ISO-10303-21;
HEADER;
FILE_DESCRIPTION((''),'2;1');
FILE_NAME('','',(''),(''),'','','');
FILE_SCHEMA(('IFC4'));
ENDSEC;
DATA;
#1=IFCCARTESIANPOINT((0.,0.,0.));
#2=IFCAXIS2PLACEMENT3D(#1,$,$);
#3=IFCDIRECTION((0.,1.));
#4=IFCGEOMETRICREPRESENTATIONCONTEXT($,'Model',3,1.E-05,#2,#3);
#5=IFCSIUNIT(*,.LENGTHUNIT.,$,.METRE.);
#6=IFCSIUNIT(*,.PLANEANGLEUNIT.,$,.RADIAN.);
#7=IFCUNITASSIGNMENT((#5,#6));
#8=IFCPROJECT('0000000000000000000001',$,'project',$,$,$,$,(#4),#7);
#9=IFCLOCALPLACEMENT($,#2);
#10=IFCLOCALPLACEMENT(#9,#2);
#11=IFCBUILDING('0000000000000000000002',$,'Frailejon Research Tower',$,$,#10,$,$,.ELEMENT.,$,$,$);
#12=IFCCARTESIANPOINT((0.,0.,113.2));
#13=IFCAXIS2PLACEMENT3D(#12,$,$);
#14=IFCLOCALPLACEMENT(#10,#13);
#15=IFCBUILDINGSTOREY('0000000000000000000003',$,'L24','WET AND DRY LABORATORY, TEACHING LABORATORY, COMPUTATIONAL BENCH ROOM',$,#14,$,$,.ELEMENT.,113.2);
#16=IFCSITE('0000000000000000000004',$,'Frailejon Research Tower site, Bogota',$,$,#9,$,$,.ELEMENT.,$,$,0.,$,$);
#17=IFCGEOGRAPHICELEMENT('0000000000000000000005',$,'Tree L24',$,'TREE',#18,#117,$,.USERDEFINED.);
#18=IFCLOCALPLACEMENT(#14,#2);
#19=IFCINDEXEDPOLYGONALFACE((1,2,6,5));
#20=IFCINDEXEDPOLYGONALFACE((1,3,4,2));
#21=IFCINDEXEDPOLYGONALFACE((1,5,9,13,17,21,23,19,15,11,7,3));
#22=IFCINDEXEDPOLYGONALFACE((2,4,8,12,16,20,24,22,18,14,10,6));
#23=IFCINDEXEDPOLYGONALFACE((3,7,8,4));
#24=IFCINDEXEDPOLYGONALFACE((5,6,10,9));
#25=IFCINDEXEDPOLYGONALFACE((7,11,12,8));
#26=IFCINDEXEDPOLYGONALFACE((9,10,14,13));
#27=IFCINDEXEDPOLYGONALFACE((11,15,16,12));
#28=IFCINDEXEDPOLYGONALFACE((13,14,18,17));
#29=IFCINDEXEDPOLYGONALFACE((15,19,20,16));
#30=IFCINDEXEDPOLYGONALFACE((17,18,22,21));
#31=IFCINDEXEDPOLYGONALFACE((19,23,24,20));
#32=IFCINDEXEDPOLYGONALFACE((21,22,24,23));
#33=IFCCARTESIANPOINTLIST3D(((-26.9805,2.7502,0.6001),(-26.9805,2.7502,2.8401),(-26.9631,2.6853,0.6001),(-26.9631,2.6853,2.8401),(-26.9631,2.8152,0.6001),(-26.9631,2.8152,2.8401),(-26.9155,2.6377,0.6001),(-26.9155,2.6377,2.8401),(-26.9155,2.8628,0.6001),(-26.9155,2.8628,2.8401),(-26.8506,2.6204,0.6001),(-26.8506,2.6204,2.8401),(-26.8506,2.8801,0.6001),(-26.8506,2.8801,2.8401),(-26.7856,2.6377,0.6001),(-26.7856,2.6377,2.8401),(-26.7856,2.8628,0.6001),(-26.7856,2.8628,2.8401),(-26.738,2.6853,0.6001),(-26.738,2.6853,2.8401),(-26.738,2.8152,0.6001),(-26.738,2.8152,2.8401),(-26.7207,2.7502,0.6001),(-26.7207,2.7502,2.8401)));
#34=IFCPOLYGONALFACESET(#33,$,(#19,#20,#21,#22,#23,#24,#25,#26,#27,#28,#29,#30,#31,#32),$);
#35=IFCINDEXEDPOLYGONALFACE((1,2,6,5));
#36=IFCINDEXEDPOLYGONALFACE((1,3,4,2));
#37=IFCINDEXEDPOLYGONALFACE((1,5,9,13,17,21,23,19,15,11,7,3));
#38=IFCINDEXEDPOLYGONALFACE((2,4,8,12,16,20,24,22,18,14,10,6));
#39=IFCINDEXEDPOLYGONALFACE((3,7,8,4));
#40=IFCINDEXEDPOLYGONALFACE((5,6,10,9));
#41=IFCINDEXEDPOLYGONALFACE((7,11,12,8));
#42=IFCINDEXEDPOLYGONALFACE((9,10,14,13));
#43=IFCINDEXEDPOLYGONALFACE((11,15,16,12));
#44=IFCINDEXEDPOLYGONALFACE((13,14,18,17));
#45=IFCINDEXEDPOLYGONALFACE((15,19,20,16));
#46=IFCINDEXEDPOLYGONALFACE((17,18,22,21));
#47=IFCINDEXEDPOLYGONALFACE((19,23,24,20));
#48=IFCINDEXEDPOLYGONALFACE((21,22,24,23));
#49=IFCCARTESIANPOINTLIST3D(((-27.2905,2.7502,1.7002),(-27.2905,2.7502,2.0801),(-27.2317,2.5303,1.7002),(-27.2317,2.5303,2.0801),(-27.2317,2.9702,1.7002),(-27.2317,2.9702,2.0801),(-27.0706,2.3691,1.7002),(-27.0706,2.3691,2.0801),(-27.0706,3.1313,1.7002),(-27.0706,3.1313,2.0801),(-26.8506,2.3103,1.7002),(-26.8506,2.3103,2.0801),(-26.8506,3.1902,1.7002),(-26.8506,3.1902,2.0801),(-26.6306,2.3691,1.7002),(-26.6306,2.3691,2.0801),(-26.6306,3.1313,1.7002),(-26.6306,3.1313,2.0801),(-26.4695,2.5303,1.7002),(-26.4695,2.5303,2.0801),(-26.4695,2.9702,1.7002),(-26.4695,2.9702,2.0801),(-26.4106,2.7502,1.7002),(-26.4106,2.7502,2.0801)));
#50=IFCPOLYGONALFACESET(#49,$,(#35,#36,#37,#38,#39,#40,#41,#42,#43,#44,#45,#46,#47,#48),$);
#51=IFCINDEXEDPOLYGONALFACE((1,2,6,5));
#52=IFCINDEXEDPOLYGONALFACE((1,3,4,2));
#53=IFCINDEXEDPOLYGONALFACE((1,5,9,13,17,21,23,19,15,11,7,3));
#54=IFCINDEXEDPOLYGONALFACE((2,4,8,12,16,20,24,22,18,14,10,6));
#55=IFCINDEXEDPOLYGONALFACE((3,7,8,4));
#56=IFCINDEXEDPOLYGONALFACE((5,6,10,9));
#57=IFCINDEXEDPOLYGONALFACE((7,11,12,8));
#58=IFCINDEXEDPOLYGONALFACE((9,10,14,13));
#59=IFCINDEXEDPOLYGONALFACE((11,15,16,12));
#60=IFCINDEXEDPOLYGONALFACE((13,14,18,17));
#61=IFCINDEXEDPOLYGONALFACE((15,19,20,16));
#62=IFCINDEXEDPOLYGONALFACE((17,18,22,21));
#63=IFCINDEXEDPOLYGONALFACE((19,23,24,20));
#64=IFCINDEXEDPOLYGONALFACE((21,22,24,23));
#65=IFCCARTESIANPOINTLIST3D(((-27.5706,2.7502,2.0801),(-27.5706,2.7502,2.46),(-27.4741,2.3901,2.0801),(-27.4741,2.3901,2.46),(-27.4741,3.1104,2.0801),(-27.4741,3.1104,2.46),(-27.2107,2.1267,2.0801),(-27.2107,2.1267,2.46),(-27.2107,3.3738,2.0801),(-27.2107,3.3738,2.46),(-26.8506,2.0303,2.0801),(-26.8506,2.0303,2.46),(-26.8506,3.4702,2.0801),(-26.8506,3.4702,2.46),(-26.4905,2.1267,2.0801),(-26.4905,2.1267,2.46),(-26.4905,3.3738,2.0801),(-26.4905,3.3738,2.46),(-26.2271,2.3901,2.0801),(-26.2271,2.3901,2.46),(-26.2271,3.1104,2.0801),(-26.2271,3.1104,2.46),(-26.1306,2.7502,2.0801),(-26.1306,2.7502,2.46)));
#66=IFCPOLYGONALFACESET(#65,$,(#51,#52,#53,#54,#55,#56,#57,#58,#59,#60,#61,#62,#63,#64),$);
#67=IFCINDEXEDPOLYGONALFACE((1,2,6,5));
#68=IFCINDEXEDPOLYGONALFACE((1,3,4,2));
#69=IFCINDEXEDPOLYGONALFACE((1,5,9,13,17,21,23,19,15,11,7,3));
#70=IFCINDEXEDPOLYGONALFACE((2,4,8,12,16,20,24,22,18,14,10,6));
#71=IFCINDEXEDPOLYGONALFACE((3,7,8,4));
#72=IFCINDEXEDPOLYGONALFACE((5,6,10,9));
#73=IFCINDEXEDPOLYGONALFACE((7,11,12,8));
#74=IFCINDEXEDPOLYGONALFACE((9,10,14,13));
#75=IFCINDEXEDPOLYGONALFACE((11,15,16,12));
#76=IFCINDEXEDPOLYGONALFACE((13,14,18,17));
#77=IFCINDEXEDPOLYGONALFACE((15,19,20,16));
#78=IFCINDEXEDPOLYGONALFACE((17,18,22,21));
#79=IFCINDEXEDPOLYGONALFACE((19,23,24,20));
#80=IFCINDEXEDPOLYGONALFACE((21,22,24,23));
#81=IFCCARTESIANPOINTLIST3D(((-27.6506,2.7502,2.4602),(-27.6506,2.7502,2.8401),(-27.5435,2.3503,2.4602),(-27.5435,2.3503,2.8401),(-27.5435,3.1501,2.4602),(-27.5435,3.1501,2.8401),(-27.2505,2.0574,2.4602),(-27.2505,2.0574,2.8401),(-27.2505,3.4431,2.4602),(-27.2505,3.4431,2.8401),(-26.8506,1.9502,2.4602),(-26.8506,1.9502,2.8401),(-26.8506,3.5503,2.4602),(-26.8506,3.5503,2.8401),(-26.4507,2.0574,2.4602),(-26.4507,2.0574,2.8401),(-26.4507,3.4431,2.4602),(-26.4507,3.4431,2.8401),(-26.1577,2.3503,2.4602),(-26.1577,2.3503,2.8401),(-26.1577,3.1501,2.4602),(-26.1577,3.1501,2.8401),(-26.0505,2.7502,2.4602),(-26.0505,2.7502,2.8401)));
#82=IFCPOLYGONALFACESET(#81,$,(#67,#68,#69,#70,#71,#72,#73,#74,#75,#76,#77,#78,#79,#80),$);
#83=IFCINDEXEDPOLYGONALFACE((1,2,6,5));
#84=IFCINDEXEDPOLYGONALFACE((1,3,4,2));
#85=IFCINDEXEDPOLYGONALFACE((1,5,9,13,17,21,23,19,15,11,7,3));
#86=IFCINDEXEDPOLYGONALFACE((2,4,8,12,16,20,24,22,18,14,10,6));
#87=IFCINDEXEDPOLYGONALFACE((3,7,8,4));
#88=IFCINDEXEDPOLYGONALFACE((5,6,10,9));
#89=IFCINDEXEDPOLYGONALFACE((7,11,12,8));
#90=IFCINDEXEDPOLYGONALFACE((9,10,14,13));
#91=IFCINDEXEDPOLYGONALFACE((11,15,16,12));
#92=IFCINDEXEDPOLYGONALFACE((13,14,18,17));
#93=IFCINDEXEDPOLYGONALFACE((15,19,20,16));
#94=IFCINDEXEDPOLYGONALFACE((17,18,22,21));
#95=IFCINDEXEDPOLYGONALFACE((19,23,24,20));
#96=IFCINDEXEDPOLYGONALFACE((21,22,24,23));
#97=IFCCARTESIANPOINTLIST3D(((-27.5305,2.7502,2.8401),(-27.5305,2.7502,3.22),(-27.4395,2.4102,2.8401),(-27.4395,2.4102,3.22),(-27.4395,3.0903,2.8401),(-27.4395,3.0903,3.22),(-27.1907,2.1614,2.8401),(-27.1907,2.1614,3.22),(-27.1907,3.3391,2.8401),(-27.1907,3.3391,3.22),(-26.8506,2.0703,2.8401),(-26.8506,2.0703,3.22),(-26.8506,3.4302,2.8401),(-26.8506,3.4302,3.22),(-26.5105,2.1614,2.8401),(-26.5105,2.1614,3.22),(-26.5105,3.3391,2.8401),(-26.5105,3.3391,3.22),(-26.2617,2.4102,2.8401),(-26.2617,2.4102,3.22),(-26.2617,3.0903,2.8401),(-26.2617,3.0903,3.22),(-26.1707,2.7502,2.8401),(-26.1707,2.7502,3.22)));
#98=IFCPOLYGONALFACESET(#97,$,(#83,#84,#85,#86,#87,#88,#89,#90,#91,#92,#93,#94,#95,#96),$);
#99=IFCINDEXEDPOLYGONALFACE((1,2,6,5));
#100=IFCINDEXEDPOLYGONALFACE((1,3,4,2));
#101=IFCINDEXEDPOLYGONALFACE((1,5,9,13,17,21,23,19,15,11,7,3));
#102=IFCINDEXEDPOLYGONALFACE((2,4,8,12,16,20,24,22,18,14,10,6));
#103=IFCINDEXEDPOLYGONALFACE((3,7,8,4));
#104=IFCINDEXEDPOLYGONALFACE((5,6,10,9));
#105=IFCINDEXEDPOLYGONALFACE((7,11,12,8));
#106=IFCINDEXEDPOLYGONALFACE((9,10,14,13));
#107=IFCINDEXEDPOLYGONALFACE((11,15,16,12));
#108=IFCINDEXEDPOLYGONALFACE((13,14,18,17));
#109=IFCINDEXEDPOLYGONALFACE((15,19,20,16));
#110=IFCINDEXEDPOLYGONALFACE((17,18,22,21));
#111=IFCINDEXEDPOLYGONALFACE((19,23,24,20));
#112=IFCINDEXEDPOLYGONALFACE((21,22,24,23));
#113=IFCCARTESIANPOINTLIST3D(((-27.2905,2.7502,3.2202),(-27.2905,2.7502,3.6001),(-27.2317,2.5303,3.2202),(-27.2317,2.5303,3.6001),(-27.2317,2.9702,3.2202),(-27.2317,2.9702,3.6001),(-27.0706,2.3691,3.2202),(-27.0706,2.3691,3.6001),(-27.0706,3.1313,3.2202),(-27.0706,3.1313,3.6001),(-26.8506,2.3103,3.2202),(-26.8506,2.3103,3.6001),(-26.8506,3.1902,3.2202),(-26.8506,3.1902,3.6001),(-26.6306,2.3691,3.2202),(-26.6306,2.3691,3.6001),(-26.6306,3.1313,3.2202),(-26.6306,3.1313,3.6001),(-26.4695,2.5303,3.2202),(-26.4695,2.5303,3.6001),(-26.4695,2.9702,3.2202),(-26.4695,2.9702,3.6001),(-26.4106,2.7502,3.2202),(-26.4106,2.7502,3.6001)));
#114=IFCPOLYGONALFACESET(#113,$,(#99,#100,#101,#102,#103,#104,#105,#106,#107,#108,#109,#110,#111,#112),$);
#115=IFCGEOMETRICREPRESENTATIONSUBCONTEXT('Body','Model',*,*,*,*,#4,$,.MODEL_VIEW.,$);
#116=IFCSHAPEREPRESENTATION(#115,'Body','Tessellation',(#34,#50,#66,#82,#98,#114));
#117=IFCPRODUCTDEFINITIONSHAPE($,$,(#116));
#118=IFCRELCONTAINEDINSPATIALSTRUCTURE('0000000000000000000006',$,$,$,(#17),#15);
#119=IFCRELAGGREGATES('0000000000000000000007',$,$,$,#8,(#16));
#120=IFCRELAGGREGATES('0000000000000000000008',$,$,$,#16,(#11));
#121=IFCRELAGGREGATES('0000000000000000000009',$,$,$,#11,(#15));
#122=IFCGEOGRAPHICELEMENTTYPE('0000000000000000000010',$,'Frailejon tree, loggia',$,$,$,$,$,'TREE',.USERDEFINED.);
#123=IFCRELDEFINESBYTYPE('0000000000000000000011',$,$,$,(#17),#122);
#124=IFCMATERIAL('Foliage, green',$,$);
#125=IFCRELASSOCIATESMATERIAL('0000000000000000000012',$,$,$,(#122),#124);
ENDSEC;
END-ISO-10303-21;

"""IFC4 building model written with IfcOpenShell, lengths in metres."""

from ifc_helpers import new_model, si_unit, direction, frame, origin, place, context, subcontext, project, spatial, polyline, outline, extrude, material, type_object, element, save


model = new_model("IFC4")

# Units and contexts
model_context = context("Model", 3, precision=1e-05, world=origin(), true_north=direction((0.0, 1.0)))
body_context = subcontext(model_context, "Body", "Model", "MODEL_VIEW")
ifc_project = project(units=[si_unit("LENGTHUNIT", "METRE"), si_unit("PLANEANGLEUNIT", "RADIAN")], contexts=[model_context])

# Site, building, storey
site_placement = place(None, origin())
site = spatial("IfcSite", under=ifc_project, at=site_placement, Name="Frailejon Research Tower site, Bogota", CompositionType="ELEMENT", RefElevation=0.0)
building_placement = place(site_placement, origin())
building = spatial("IfcBuilding", under=site, at=building_placement, Name="Frailejon Research Tower", CompositionType="ELEMENT")
storey_placement = place(building_placement, frame((0.0, 0.0, 113.2)))
storey = spatial("IfcBuildingStorey", under=building, at=storey_placement, Name="L24", Description="WET AND DRY LABORATORY, TEACHING LABORATORY, COMPUTATIONAL BENCH ROOM", CompositionType="ELEMENT", Elevation=113.2)

# Geographic element
ifc_material_1 = material(Name="Foliage, green")
geographic_element_type = type_object("IfcGeographicElementType", Name="Frailejon tree, loggia", ElementType="TREE", PredefinedType="USERDEFINED", material=ifc_material_1)
geographic_element_placement = place(storey_placement, frame((-26.8506, 2.7502, 0.6001)))
element("IfcGeographicElement", 1, at=geographic_element_placement, inside=storey, type_object=geographic_element_type, Name="Tree L24", ObjectType="TREE", PredefinedType="USERDEFINED", context=body_context, shape_type="SweptSolid", body=[
    extrude(outline(polyline([(0.1299, 0.0), (0.1125, 0.0649), (0.0649, 0.1125), (0.0, 0.1299), (-0.0649, 0.1125), (-0.1125, 0.0649), (-0.1299, 0.0), (-0.1125, -0.0649), (-0.0649, -0.1125), (0.0, -0.1299), (0.0649, -0.1125), (0.1125, -0.0649), (0.1299, 0.0)])), origin(), (0.0, 0.0, 1.0), 2.24),
    extrude(outline(polyline([(0.4399, 0.0), (0.3811, 0.22), (0.22, 0.3811), (0.0, 0.4399), (-0.22, 0.3811), (-0.3811, 0.22), (-0.4399, 0.0), (-0.3811, -0.22), (-0.22, -0.3811), (0.0, -0.4399), (0.22, -0.3811), (0.3811, -0.22), (0.4399, 0.0)])), frame((0.0, 0.0, 1.1001)), (0.0, 0.0, 1.0), 0.3799),
    extrude(outline(polyline([(0.72, 0.0), (0.6235, 0.3601), (0.3601, 0.6235), (0.0, 0.72), (-0.3601, 0.6235), (-0.6235, 0.3601), (-0.72, 0.0), (-0.6235, -0.3601), (-0.3601, -0.6235), (0.0, -0.72), (0.3601, -0.6235), (0.6235, -0.3601), (0.72, 0.0)])), frame((0.0, 0.0, 1.48)), (0.0, 0.0, 1.0), 0.3799),
    extrude(outline(polyline([(0.8, 0.0), (0.6929, 0.3999), (0.3999, 0.6929), (0.0, 0.8), (-0.3999, 0.6929), (-0.6929, 0.3999), (-0.8, 0.0), (-0.6929, -0.3999), (-0.3999, -0.6929), (0.0, -0.8), (0.3999, -0.6929), (0.6929, -0.3999), (0.8, 0.0)])), frame((0.0, 0.0, 1.8601)), (0.0, 0.0, 1.0), 0.3799),
    extrude(outline(polyline([(0.6799, 0.0), (0.5889, 0.3401), (0.3401, 0.5889), (0.0, 0.6799), (-0.3401, 0.5889), (-0.5889, 0.3401), (-0.6799, 0.0), (-0.5889, -0.3401), (-0.3401, -0.5889), (0.0, -0.6799), (0.3401, -0.5889), (0.5889, -0.3401), (0.6799, 0.0)])), frame((0.0, 0.0, 2.24)), (0.0, 0.0, 1.0), 0.3799),
    extrude(outline(polyline([(0.4399, 0.0), (0.3811, 0.22), (0.22, 0.3811), (0.0, 0.4399), (-0.22, 0.3811), (-0.3811, 0.22), (-0.4399, 0.0), (-0.3811, -0.22), (-0.22, -0.3811), (0.0, -0.4399), (0.22, -0.3811), (0.3811, -0.22), (0.4399, 0.0)])), frame((0.0, 0.0, 2.6201)), (0.0, 0.0, 1.0), 0.3799),
])

save(model, "model.ifc")
